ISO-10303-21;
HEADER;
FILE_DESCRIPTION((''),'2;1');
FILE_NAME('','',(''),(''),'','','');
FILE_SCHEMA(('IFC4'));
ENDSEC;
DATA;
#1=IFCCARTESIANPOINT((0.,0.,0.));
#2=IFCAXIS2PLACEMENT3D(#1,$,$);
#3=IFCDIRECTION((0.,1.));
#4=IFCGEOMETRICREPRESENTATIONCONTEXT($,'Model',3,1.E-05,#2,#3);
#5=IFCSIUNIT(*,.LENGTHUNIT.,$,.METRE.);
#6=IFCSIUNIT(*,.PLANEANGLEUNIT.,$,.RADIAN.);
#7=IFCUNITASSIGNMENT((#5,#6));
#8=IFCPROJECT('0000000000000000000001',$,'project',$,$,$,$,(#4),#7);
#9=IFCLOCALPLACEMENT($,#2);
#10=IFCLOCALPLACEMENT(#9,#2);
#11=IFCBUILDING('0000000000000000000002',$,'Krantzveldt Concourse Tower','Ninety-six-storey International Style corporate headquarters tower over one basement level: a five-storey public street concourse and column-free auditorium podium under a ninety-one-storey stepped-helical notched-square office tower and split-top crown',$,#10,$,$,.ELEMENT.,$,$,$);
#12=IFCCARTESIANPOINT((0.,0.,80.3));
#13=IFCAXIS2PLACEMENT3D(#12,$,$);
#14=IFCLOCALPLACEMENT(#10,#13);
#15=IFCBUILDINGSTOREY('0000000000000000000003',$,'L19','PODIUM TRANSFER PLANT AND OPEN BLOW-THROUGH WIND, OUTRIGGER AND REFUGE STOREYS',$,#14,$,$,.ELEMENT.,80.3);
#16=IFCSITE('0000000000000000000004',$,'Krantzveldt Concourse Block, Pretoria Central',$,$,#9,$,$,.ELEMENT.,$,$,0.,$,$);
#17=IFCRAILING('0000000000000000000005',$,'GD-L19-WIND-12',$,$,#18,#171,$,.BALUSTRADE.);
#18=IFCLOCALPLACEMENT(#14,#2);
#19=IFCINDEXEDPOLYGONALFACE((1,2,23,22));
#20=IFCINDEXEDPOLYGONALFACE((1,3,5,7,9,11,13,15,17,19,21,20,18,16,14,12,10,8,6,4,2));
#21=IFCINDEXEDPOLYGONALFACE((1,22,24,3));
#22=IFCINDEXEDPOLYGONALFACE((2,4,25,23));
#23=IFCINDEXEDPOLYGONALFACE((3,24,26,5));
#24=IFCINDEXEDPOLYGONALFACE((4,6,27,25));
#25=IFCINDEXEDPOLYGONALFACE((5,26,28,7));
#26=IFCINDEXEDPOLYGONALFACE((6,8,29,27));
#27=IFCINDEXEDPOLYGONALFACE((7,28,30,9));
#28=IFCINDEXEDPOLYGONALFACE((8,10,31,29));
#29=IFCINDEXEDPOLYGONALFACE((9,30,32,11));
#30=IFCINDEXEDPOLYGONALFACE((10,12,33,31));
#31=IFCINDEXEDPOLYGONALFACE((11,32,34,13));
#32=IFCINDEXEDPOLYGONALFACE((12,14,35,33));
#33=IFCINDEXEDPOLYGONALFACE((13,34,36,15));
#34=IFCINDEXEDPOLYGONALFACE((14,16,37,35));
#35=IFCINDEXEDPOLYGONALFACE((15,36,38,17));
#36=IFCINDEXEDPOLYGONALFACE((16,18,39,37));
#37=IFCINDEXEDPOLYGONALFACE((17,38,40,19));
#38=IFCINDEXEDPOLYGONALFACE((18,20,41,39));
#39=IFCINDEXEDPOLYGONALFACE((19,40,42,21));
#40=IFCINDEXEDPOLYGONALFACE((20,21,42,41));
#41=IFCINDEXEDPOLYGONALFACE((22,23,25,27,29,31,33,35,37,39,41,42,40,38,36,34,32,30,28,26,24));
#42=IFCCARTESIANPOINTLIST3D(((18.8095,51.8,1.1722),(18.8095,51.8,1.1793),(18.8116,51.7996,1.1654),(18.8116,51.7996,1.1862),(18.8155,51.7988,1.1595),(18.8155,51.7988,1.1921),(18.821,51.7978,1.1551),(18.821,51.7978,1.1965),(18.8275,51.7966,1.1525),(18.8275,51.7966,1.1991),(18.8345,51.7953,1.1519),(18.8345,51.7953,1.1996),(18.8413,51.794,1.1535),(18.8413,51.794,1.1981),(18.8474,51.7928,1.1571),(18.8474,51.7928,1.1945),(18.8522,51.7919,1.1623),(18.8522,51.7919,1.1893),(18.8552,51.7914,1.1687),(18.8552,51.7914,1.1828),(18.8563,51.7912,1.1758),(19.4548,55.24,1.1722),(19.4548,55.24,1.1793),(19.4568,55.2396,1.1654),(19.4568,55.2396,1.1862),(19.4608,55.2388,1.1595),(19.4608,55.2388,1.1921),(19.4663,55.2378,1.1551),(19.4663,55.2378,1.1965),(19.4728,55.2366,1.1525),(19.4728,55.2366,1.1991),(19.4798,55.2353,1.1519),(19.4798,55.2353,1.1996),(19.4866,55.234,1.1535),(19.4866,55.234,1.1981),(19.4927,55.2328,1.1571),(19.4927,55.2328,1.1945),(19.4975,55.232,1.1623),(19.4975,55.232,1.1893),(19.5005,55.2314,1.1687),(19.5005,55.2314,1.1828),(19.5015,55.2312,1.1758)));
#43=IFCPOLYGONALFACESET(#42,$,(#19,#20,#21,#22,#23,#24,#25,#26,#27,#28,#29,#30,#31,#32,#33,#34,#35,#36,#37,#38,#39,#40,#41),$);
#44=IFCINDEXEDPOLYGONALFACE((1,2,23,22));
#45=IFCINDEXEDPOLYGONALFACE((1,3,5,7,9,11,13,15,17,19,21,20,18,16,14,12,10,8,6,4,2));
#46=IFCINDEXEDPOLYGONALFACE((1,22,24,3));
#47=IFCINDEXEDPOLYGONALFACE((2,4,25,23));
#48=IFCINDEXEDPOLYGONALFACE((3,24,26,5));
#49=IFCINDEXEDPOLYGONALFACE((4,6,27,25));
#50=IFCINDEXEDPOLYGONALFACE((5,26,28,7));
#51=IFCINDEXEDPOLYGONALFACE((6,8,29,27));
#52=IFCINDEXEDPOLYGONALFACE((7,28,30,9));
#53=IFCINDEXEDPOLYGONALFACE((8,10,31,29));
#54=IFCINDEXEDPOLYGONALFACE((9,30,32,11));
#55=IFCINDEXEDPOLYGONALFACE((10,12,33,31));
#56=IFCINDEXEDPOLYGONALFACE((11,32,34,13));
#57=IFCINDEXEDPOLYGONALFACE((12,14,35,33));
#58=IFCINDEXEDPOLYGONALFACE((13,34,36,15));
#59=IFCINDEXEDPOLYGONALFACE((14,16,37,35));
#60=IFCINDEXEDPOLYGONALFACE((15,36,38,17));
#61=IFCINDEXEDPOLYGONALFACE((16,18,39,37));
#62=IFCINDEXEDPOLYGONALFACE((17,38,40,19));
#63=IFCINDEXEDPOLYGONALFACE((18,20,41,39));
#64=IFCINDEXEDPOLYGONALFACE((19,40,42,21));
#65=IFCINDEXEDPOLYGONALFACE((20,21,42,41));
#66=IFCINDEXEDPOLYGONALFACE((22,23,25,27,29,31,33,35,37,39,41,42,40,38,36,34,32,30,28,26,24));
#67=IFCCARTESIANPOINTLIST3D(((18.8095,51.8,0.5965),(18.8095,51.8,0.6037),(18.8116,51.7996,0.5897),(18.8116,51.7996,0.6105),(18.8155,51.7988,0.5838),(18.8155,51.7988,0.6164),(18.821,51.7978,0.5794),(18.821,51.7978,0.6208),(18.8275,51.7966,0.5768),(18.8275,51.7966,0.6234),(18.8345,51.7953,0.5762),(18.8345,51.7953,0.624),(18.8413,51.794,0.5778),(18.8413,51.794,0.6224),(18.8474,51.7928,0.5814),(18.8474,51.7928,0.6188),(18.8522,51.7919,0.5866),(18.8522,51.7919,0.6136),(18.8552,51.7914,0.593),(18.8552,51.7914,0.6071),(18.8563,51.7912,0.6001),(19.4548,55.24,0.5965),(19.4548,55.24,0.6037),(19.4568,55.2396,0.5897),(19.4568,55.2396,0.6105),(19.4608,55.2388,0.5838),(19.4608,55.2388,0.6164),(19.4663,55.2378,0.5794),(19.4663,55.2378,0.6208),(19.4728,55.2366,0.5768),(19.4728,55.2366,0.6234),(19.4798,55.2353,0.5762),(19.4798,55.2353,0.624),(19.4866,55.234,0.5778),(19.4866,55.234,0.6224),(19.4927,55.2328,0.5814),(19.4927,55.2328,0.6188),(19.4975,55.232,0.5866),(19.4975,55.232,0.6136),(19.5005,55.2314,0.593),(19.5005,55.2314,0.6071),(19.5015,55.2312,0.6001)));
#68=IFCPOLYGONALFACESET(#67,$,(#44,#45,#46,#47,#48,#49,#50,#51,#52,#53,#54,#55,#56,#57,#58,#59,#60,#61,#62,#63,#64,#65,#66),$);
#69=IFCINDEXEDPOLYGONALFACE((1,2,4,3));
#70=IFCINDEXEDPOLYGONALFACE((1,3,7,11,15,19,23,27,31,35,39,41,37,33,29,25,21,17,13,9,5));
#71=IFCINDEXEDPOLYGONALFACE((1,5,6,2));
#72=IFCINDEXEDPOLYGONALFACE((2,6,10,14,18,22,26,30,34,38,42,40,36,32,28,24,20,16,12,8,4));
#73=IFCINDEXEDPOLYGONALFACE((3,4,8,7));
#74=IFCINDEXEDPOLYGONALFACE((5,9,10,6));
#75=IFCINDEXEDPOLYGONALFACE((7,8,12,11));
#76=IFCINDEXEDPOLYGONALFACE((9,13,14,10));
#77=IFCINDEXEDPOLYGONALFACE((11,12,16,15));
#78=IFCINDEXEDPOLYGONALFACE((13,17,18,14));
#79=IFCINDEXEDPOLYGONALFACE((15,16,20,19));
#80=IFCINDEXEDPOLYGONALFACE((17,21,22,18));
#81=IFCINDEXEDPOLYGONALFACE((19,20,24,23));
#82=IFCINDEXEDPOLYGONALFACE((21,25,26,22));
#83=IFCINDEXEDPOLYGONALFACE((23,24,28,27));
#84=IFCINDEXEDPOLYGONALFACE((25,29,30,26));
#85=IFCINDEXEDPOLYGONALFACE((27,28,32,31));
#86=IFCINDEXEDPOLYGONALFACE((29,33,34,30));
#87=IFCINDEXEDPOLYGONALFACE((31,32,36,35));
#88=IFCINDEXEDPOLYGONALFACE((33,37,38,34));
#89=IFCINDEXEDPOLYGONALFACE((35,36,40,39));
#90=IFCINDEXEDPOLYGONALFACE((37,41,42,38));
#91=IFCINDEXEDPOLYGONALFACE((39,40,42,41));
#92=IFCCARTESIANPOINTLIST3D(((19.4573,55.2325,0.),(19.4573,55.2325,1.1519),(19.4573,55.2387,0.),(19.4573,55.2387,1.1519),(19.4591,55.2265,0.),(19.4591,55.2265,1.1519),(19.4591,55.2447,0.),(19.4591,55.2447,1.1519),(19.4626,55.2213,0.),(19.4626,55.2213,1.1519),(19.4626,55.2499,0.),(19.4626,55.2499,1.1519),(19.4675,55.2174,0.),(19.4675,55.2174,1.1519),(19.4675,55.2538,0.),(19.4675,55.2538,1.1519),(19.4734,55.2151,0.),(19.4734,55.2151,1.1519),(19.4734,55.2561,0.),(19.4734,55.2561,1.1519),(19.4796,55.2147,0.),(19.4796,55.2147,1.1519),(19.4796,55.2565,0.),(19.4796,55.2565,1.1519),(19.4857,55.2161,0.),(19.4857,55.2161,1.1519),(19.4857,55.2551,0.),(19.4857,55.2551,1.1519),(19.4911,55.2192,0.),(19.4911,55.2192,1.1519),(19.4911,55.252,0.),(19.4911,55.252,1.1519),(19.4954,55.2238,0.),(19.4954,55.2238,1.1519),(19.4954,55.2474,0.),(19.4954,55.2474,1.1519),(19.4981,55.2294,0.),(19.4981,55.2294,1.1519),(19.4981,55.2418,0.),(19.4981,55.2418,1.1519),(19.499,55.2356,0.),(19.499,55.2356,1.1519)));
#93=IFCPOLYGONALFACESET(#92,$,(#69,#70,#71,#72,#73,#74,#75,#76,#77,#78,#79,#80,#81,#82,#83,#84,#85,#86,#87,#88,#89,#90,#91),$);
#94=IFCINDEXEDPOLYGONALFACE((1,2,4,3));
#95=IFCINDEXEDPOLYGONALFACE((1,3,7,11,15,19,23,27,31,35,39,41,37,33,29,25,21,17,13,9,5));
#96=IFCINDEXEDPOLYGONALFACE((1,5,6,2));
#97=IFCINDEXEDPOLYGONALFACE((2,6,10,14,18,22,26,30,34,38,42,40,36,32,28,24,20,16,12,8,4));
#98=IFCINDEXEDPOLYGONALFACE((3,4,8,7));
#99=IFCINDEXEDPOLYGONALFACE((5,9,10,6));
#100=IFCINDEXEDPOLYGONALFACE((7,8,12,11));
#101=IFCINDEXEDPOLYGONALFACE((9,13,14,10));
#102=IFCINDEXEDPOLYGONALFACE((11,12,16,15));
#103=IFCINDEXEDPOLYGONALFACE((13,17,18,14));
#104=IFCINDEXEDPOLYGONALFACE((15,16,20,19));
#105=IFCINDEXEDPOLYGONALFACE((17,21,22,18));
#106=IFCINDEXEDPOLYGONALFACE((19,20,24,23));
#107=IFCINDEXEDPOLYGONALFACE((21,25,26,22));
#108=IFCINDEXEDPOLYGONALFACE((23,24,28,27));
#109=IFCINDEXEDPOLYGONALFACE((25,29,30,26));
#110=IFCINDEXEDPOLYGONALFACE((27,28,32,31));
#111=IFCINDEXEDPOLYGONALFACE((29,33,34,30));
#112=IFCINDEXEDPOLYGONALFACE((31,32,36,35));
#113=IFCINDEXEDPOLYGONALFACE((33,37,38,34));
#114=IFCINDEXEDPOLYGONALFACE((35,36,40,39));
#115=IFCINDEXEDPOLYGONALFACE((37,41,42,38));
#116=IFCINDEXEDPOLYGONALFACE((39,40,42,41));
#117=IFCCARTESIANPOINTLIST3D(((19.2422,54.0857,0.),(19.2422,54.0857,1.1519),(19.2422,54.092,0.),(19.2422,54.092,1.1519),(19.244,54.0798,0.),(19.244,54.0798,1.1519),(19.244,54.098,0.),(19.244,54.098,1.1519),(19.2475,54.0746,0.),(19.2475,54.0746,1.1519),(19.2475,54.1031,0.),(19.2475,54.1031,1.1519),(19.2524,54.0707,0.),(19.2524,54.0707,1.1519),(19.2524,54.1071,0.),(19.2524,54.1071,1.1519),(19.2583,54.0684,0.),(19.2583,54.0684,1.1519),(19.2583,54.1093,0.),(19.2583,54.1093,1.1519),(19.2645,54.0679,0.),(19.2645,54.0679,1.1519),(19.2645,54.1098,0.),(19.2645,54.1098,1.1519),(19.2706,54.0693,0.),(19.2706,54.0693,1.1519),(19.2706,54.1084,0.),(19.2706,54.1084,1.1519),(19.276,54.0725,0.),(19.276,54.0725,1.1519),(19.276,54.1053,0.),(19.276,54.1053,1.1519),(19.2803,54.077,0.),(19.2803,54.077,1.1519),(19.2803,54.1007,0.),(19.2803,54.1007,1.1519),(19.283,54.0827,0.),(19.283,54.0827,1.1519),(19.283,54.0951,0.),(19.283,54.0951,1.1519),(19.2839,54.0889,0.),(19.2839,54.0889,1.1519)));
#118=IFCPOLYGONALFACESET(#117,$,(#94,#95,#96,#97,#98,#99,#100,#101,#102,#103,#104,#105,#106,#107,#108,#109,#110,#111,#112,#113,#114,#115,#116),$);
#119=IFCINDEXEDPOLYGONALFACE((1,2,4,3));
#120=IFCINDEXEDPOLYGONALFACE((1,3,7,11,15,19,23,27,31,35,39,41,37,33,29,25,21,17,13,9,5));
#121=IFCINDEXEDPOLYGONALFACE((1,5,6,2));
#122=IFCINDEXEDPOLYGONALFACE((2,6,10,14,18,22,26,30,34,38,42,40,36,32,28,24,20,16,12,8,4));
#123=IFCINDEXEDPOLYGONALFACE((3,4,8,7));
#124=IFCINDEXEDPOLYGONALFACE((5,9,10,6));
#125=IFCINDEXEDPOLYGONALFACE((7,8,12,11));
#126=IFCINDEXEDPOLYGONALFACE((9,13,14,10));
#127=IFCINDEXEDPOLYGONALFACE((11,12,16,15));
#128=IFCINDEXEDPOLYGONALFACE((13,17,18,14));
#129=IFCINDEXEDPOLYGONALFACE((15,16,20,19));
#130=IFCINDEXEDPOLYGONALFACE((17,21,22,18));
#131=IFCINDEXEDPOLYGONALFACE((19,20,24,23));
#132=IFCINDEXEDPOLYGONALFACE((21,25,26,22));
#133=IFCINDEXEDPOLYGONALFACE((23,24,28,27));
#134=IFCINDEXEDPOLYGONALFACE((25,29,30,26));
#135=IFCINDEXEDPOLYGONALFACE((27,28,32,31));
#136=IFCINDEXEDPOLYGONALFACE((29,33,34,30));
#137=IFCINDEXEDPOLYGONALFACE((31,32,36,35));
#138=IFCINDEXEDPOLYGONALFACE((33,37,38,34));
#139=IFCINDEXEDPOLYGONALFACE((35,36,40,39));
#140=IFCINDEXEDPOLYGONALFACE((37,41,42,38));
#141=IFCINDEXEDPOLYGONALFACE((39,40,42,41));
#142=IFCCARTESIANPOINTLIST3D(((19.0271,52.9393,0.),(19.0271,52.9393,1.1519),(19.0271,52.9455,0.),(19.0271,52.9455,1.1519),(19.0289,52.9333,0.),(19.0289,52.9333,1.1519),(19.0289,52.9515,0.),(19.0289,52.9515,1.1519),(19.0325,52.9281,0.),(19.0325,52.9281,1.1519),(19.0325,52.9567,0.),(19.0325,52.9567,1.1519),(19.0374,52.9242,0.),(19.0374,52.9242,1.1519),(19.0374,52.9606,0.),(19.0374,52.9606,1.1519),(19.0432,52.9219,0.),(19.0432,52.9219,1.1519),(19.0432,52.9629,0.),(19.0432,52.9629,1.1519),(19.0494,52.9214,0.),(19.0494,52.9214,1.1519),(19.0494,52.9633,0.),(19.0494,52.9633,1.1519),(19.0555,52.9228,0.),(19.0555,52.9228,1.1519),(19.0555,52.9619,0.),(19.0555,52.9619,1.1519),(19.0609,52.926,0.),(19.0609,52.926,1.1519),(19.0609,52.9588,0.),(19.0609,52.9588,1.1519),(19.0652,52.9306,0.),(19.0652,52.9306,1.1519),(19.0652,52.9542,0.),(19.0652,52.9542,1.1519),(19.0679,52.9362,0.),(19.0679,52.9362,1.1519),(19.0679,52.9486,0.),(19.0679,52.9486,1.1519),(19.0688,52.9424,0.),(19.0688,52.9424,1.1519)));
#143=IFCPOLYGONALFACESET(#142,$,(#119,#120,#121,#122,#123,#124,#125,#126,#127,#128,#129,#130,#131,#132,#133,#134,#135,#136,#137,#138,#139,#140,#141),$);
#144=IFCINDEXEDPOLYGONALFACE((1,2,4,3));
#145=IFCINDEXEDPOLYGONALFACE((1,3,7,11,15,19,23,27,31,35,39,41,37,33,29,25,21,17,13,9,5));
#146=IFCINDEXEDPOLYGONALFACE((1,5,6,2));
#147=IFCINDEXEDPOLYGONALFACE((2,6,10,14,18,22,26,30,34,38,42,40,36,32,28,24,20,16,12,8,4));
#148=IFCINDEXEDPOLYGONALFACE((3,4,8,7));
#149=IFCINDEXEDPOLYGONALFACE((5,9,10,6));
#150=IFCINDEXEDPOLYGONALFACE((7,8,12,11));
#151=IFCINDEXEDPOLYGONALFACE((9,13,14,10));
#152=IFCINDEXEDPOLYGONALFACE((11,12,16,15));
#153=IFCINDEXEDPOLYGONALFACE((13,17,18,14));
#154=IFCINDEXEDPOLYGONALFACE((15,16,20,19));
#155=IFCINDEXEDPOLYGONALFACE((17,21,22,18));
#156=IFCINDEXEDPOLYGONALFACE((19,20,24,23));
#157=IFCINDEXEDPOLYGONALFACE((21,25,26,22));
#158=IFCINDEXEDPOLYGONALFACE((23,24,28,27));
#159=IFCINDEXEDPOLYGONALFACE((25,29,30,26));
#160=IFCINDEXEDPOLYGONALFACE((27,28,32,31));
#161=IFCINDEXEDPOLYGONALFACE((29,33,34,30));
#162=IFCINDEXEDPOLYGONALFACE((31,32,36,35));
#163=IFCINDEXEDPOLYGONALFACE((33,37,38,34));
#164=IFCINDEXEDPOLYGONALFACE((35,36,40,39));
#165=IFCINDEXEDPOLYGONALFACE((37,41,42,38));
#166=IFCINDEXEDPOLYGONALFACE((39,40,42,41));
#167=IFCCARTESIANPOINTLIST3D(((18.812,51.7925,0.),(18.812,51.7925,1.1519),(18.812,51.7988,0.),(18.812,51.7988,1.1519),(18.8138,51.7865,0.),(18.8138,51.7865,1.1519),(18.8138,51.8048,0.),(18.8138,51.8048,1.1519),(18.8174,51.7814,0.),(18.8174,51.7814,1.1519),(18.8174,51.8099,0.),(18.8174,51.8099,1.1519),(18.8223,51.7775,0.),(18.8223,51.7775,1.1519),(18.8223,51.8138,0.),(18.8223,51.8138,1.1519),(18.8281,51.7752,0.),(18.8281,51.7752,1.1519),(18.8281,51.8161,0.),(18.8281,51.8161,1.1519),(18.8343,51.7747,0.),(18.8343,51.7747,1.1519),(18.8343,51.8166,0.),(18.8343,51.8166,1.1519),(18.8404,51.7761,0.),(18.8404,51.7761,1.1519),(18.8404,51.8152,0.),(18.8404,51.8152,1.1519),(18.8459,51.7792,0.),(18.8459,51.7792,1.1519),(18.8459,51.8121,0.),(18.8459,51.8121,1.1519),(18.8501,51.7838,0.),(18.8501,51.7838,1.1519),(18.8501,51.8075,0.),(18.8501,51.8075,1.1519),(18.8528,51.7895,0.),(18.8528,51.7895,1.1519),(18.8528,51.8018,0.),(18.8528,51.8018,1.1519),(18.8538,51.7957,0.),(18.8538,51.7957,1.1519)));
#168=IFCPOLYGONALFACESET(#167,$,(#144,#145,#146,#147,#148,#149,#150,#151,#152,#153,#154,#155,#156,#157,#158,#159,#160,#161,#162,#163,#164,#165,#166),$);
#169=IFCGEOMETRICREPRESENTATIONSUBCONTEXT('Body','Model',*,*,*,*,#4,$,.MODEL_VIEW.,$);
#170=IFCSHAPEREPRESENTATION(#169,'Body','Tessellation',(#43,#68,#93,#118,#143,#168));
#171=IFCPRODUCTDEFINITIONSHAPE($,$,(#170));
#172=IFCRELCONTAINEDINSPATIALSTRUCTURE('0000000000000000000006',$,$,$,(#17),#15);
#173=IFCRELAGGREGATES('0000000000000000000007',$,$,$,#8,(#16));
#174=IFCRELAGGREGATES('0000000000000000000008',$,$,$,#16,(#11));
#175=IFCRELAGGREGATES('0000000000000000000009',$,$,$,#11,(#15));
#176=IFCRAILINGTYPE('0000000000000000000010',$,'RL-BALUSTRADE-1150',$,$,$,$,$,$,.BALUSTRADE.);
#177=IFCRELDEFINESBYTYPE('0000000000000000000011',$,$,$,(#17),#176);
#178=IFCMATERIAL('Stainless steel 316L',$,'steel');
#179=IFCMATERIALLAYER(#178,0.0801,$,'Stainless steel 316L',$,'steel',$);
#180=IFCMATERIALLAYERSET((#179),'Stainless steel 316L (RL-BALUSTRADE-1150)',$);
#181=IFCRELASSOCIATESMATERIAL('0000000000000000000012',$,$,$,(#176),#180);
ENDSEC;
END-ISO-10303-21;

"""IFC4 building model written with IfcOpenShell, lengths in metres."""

from ifc_helpers import new_model, si_unit, direction, frame, origin, origin_2d, place, context, subcontext, project, spatial, circle, extrude, material, layer, layer_set, type_object, element, save


model = new_model("IFC4")

# Units and contexts
model_context = context("Model", 3, precision=1e-05, world=origin(), true_north=direction((0.0, 1.0)))
body_context = subcontext(model_context, "Body", "Model", "MODEL_VIEW")
ifc_project = project(units=[si_unit("LENGTHUNIT", "METRE"), si_unit("PLANEANGLEUNIT", "RADIAN")], contexts=[model_context])

# Site, building, storey
site_placement = place(None, origin())
site = spatial("IfcSite", under=ifc_project, at=site_placement, Name="Krantzveldt Concourse Block, Pretoria Central", CompositionType="ELEMENT", RefElevation=0.0)
building_placement = place(site_placement, origin())
building = spatial("IfcBuilding", under=site, at=building_placement, Name="Krantzveldt Concourse Tower", Description="Ninety-six-storey International Style corporate headquarters tower over one basement level: a five-storey public street concourse and column-free auditorium podium under a ninety-one-storey stepped-helical notched-square office tower and split-top crown", CompositionType="ELEMENT")
storey_placement = place(building_placement, frame((0.0, 0.0, 80.3)))
storey = spatial("IfcBuildingStorey", under=building, at=storey_placement, Name="L19", Description="PODIUM TRANSFER PLANT AND OPEN BLOW-THROUGH WIND, OUTRIGGER AND REFUGE STOREYS", CompositionType="ELEMENT", Elevation=80.3)

# Railing
ifc_material_1 = material(Name="Stainless steel 316L", Category="steel")
ifc_layer_1 = layer(ifc_material_1, 0.0801, Name="Stainless steel 316L", Category="steel")
ifc_layer_set_1 = layer_set([ifc_layer_1], Name="Stainless steel 316L (RL-BALUSTRADE-1150)")
railing_type = type_object("IfcRailingType", Name="RL-BALUSTRADE-1150", PredefinedType="BALUSTRADE", material=ifc_layer_set_1)
railing_1_placement = place(storey_placement, frame((19.478, 55.2356, 0.0)))
element("IfcRailing", 1, at=railing_1_placement, inside=storey, type_object=railing_type, Name="GD-L19-WIND-12", PredefinedType="BALUSTRADE", context=body_context, shape_type="SweptSolid", body=[
    extrude(circle(Radius=0.0239, at=origin_2d()), frame((0.0, 0.0, 1.1758), z_axis=(-0.184364, -0.982858, 0.0), x_axis=(0.982858, -0.184364, 0.0)), (0.0, 0.0, 1.0), 3.5),
    extrude(circle(Radius=0.0239, at=origin_2d()), frame((0.0, 0.0, 0.6001), z_axis=(-0.184364, -0.982858, 0.0), x_axis=(0.982858, -0.184364, 0.0)), (0.0, 0.0, 1.0), 3.5),
    extrude(circle(Radius=0.021, at=origin_2d()), origin(), (0.0, 0.0, 1.0), 1.1519),
    extrude(circle(Radius=0.021, at=origin_2d()), frame((-0.2151, -1.1467, 0.0)), (0.0, 0.0, 1.0), 1.1519),
    extrude(circle(Radius=0.021, at=origin_2d()), frame((-0.4302, -2.2932, 0.0)), (0.0, 0.0, 1.0), 1.1519),
    extrude(circle(Radius=0.021, at=origin_2d()), frame((-0.6453, -3.4399, 0.0)), (0.0, 0.0, 1.0), 1.1519),
])

save(model, "model.ifc")
